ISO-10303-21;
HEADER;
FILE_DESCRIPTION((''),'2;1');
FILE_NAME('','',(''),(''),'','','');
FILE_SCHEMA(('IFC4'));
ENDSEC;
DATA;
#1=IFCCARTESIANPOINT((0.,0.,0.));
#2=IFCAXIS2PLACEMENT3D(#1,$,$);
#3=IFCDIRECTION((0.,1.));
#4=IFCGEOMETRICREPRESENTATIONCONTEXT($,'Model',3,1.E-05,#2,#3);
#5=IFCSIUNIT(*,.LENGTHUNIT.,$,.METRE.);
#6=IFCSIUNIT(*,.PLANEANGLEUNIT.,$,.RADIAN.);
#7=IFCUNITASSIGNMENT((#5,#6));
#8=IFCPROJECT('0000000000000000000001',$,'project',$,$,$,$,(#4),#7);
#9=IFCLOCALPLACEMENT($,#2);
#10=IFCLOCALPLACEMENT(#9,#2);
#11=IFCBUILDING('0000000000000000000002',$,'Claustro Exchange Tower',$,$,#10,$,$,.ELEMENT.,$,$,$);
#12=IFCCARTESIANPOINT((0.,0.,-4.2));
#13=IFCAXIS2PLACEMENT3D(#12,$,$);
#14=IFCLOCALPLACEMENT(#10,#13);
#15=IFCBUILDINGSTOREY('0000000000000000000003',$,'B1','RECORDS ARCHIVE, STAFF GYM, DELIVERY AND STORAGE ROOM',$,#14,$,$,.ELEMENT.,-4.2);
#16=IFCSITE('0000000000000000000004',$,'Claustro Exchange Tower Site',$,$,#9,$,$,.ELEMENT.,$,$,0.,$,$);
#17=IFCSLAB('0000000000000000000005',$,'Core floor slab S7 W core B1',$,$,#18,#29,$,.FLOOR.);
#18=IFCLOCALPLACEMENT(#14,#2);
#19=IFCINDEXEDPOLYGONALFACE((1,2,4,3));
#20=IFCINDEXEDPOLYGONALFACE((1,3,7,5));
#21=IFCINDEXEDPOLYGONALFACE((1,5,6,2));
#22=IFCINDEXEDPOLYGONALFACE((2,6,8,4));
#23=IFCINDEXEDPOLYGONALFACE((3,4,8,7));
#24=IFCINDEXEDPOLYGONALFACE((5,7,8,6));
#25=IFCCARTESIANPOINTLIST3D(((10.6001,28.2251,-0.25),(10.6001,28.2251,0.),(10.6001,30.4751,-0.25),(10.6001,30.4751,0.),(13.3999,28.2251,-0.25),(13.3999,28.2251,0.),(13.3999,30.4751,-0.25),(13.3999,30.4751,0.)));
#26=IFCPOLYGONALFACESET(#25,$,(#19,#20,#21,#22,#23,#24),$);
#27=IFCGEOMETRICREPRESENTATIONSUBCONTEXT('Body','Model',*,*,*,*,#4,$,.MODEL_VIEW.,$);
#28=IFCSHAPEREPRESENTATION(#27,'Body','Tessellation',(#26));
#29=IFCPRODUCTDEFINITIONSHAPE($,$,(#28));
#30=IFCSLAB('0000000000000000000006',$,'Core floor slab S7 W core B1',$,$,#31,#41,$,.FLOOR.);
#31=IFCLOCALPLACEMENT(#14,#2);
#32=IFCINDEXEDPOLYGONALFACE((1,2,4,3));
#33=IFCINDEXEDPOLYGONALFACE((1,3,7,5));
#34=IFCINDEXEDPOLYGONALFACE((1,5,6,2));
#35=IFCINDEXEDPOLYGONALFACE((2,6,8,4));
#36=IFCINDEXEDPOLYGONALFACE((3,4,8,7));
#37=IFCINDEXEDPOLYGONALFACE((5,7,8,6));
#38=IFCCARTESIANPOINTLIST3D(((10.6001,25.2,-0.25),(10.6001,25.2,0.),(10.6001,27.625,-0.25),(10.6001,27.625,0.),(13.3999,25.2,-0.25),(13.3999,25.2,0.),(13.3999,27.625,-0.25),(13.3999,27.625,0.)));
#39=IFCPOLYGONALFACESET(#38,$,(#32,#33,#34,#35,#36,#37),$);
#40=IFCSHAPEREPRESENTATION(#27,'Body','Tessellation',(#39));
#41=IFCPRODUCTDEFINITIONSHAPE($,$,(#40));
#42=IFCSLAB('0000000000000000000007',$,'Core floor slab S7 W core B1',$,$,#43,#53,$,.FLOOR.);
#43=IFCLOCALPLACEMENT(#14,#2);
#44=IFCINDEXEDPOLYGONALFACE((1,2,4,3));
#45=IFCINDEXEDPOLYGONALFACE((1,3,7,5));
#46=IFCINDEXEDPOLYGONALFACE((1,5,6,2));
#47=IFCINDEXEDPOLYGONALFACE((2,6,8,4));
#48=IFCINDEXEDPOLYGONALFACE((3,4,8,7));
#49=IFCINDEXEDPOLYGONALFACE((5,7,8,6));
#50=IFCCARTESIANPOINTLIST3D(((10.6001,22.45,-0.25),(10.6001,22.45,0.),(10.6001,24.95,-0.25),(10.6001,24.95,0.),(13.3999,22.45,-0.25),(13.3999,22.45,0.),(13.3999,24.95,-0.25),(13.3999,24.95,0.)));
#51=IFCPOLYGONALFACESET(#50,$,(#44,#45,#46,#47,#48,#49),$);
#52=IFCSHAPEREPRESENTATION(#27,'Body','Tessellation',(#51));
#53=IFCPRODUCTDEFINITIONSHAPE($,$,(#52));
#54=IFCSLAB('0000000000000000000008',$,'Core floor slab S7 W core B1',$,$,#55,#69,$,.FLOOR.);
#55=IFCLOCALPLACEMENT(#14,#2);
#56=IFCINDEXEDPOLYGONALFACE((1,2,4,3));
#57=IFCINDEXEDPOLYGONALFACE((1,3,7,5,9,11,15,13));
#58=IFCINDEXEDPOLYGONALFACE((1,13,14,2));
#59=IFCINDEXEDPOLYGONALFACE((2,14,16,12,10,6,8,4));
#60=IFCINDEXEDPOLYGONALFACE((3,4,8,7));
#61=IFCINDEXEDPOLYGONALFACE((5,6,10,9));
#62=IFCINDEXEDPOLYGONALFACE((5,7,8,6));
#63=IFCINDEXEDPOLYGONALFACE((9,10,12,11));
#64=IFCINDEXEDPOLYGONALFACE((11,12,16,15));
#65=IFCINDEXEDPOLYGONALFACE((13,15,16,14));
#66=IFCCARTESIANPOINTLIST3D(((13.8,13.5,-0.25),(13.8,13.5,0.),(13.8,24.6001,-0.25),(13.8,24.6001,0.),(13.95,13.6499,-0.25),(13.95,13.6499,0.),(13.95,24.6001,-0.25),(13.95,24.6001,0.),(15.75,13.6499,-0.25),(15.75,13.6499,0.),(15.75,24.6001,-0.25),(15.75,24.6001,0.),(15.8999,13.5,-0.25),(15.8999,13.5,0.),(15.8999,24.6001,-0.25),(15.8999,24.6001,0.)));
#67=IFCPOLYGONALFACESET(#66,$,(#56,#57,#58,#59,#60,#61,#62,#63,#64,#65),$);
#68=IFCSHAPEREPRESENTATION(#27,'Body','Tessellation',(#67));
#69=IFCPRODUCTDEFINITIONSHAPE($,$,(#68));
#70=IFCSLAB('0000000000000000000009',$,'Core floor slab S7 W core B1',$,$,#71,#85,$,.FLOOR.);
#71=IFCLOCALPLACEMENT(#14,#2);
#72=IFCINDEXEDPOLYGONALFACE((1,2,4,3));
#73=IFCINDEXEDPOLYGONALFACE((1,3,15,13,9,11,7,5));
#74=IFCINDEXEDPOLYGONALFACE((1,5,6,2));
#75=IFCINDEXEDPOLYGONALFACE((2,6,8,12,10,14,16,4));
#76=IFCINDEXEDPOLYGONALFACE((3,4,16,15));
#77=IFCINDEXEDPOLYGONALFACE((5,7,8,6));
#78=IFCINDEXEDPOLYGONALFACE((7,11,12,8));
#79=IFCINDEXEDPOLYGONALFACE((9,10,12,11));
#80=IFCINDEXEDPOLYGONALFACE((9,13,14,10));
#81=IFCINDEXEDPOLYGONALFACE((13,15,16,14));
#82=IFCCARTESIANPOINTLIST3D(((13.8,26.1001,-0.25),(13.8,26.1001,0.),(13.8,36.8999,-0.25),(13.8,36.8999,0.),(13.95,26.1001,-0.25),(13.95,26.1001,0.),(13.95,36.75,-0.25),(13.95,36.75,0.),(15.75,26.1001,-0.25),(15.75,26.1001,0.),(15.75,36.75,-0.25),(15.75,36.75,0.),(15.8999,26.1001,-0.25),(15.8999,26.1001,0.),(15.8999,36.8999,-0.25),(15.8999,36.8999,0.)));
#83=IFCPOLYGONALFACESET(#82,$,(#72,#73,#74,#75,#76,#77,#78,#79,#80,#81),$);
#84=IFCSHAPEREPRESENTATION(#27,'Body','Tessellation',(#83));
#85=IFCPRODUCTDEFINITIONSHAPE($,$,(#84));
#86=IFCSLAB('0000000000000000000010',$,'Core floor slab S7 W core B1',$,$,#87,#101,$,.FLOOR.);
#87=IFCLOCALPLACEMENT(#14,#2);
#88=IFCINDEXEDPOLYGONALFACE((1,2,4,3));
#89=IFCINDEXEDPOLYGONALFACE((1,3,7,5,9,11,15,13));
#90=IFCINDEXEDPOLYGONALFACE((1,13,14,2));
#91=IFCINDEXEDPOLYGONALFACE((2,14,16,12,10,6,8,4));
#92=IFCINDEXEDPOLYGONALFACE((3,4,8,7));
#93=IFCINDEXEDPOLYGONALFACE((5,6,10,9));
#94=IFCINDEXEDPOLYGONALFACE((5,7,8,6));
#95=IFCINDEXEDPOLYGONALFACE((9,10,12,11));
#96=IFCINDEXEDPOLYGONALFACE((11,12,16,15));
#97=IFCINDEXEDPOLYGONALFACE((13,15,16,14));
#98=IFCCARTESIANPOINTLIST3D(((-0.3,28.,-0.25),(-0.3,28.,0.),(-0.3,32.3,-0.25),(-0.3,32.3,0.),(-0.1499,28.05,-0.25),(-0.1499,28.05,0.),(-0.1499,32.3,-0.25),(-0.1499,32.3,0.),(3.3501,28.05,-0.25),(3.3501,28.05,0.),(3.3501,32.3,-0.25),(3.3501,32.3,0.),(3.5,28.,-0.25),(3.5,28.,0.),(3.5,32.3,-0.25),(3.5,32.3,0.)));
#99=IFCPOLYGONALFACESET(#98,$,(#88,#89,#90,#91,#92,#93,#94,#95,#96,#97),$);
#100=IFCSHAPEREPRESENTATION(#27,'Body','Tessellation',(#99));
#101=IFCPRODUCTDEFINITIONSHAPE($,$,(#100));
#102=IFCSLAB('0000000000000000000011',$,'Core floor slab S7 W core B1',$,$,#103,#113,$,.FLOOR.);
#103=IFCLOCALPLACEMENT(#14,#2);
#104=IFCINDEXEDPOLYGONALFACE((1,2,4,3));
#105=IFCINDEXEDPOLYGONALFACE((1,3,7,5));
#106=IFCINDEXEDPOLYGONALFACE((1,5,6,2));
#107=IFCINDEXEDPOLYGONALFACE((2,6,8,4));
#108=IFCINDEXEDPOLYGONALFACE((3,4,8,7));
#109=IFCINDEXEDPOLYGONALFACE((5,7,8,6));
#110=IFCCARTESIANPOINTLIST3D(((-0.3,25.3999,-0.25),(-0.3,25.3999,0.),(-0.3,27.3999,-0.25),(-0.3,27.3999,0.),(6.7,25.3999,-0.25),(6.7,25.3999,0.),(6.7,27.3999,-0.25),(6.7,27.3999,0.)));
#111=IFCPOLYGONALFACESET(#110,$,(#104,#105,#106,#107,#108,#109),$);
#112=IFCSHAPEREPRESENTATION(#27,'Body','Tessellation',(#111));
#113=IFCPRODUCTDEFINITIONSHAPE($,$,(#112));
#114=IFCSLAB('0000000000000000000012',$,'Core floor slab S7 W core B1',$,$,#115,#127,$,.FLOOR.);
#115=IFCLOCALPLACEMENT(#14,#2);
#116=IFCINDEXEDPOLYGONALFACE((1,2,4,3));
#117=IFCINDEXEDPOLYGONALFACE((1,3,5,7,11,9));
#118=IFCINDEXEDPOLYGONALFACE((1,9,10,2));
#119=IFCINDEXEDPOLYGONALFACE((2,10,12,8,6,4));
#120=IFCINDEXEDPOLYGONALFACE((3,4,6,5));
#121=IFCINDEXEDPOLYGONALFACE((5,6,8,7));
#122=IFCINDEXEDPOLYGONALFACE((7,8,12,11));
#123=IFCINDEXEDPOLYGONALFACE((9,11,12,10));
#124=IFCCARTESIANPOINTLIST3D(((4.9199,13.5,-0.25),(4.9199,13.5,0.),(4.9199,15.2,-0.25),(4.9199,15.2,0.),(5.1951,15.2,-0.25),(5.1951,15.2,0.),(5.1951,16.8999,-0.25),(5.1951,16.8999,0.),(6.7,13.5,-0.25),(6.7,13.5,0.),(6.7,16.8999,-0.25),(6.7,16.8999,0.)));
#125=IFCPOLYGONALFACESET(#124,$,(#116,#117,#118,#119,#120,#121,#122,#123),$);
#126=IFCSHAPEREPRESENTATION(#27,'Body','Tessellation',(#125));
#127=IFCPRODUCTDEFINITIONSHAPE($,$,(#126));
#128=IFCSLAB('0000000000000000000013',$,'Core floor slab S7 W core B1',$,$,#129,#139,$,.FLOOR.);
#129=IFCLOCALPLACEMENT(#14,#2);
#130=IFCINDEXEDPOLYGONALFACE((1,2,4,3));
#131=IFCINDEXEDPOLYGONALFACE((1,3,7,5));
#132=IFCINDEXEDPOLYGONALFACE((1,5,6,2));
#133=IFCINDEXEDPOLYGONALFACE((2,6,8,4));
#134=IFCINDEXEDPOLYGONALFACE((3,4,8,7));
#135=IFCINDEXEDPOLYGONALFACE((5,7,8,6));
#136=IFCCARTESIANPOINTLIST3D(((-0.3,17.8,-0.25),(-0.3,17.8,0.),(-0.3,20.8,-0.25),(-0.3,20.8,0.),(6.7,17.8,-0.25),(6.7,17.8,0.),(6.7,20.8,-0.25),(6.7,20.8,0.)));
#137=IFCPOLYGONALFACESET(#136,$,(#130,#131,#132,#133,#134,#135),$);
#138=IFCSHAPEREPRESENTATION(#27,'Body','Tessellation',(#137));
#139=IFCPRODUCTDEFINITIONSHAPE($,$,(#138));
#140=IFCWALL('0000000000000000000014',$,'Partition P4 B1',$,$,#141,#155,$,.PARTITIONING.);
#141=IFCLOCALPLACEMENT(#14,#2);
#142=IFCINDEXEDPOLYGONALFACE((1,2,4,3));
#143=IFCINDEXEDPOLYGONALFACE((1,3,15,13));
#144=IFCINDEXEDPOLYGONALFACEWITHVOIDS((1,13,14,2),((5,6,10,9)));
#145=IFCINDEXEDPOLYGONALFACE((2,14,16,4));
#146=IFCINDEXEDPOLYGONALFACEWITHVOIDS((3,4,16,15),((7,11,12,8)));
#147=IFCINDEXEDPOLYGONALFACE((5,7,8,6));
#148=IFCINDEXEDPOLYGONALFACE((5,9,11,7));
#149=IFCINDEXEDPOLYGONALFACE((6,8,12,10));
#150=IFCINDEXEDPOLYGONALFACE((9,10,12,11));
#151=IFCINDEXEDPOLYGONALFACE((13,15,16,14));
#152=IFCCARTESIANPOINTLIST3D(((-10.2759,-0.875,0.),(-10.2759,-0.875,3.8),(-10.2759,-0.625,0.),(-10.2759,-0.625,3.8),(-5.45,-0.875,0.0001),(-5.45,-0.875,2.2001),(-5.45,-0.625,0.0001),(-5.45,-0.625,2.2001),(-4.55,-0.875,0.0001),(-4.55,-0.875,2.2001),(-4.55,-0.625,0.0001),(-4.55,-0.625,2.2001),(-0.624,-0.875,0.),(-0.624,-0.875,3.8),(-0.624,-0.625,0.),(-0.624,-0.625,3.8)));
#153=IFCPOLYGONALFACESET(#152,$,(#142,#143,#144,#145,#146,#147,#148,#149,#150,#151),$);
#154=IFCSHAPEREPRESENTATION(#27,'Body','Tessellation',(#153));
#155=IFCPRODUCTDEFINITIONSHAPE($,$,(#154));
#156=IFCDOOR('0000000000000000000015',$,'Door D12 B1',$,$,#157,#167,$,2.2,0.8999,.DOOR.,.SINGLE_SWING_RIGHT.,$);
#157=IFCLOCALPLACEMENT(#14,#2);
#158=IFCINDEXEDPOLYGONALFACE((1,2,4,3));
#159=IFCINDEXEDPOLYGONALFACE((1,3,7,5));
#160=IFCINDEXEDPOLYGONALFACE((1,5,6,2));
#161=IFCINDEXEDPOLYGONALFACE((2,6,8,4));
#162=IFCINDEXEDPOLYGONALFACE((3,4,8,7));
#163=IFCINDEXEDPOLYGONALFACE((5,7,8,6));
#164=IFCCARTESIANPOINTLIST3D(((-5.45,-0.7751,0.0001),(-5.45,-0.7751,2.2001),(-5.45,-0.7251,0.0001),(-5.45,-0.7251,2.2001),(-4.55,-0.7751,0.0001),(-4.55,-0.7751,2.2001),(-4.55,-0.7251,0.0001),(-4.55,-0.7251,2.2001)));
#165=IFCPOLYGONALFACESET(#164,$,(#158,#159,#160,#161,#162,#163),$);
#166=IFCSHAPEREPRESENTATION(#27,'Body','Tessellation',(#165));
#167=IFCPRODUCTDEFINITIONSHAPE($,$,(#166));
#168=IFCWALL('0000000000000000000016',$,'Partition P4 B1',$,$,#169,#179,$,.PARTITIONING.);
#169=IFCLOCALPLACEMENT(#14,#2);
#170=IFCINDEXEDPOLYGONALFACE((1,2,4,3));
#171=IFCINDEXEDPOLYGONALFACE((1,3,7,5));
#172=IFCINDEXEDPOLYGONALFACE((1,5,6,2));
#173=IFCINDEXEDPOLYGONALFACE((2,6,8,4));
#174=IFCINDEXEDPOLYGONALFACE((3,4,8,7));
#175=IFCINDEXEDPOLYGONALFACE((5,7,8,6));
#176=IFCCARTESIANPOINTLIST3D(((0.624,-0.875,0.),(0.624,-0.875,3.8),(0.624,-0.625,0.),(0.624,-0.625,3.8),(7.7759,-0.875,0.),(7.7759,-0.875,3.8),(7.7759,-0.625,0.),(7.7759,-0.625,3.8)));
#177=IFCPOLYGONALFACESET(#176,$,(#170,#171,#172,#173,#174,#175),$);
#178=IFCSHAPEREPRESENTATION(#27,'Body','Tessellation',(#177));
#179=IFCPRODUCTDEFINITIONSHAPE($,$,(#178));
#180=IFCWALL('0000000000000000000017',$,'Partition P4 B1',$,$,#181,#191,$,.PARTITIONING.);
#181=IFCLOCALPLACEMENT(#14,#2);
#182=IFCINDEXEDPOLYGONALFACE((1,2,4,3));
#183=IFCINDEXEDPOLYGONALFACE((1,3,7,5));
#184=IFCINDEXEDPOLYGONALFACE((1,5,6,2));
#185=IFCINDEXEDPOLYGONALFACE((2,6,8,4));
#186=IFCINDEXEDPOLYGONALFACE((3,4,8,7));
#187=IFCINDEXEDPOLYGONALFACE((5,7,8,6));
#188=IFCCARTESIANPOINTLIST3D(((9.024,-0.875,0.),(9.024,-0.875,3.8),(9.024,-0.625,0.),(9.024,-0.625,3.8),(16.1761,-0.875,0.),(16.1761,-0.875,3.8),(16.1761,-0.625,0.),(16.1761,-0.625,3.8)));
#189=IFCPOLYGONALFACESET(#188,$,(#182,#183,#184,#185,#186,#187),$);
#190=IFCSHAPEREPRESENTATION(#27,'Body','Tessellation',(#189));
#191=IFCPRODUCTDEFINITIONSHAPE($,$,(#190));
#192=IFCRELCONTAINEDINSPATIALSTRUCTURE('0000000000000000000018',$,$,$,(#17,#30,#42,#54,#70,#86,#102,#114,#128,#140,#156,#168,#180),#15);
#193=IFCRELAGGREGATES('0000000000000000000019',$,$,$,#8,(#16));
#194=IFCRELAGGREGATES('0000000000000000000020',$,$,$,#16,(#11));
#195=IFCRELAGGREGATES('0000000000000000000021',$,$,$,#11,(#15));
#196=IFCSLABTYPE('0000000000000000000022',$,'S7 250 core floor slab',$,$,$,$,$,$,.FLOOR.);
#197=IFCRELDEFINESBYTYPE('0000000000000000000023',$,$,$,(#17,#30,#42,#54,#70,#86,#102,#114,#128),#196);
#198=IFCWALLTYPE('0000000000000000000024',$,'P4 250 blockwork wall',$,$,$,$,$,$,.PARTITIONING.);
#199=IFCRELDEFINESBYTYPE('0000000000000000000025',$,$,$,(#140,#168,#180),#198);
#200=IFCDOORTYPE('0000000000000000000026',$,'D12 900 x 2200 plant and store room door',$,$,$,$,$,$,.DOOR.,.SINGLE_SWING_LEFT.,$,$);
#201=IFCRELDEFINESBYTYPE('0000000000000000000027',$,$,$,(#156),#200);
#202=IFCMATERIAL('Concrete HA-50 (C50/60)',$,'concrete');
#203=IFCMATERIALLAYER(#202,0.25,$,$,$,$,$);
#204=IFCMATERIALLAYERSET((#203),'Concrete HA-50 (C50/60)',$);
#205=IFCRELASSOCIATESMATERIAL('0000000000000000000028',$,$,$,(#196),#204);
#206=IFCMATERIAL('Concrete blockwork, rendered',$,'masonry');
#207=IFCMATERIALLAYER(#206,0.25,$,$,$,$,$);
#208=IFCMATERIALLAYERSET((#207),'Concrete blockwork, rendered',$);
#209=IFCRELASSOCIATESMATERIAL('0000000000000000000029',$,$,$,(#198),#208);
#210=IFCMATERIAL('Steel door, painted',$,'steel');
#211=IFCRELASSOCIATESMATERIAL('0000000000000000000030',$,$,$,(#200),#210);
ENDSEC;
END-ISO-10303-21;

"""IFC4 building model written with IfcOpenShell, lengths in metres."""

from ifc_helpers import new_model, si_unit, direction, frame, frame_2d, origin, place, context, subcontext, project, spatial, polyline, rectangle, outline, extrude, material, layer, layer_set, type_object, element, fill, save


model = new_model("IFC4")

# Units and contexts
model_context = context("Model", 3, precision=1e-05, world=origin(), true_north=direction((0.0, 1.0)))
body_context = subcontext(model_context, "Body", "Model", "MODEL_VIEW")
ifc_project = project(units=[si_unit("LENGTHUNIT", "METRE"), si_unit("PLANEANGLEUNIT", "RADIAN")], contexts=[model_context])

# Site, building, storey
site_placement = place(None, origin())
site = spatial("IfcSite", under=ifc_project, at=site_placement, Name="Claustro Exchange Tower Site", CompositionType="ELEMENT", RefElevation=0.0)
building_placement = place(site_placement, origin())
building = spatial("IfcBuilding", under=site, at=building_placement, Name="Claustro Exchange Tower", CompositionType="ELEMENT")
storey_placement = place(building_placement, frame((0.0, 0.0, -4.2)))
storey = spatial("IfcBuildingStorey", under=building, at=storey_placement, Name="B1", Description="RECORDS ARCHIVE, STAFF GYM, DELIVERY AND STORAGE ROOM", CompositionType="ELEMENT", Elevation=-4.2)

# Slabs
ifc_material_1 = material(Name="Concrete HA-50 (C50/60)", Category="concrete")
ifc_layer_1 = layer(ifc_material_1, 0.25)
ifc_layer_set_1 = layer_set([ifc_layer_1], Name="Concrete HA-50 (C50/60)")
slab_type_1 = type_object("IfcSlabType", Name="S7 250 core floor slab", PredefinedType="FLOOR", material=ifc_layer_set_1)
slab_1_placement = place(storey_placement, frame((0.0, 0.0, -0.25)))
element("IfcSlab", 1, at=slab_1_placement, inside=storey, type_object=slab_type_1, Name="Core floor slab S7 W core B1", PredefinedType="FLOOR", context=body_context, shape_type="SweptSolid", body=[
    extrude(outline(polyline([(13.3999, 28.2251), (13.3999, 30.4751), (10.6001, 30.4751), (10.6001, 28.2251), (13.3999, 28.2251)])), origin(), (0.0, 0.0, 1.0), 0.25),
])
slab_2_placement = place(storey_placement, frame((0.0, 0.0, -0.25)))
element("IfcSlab", 2, at=slab_2_placement, inside=storey, type_object=slab_type_1, Name="Core floor slab S7 W core B1", PredefinedType="FLOOR", context=body_context, shape_type="SweptSolid", body=[
    extrude(outline(polyline([(13.3999, 25.2), (13.3999, 27.625), (10.6001, 27.625), (10.6001, 25.2), (13.3999, 25.2)])), origin(), (0.0, 0.0, 1.0), 0.25),
])
slab_3_placement = place(storey_placement, frame((0.0, 0.0, -0.25)))
element("IfcSlab", 3, at=slab_3_placement, inside=storey, type_object=slab_type_1, Name="Core floor slab S7 W core B1", PredefinedType="FLOOR", context=body_context, shape_type="SweptSolid", body=[
    extrude(outline(polyline([(13.3999, 22.45), (13.3999, 24.95), (10.6001, 24.95), (10.6001, 22.45), (13.3999, 22.45)])), origin(), (0.0, 0.0, 1.0), 0.25),
])
slab_4_placement = place(storey_placement, frame((0.0, 0.0, -0.25)))
element("IfcSlab", 4, at=slab_4_placement, inside=storey, type_object=slab_type_1, Name="Core floor slab S7 W core B1", PredefinedType="FLOOR", context=body_context, shape_type="SweptSolid", body=[
    extrude(outline(polyline([(13.95, 24.6001), (13.8, 24.6001), (13.8, 13.5), (15.8999, 13.5), (15.8999, 24.6001), (15.75, 24.6001), (15.75, 13.6499), (13.95, 13.6499), (13.95, 24.6001)])), origin(), (0.0, 0.0, 1.0), 0.25),
])
slab_5_placement = place(storey_placement, frame((0.0, 0.0, -0.25)))
element("IfcSlab", 5, at=slab_5_placement, inside=storey, type_object=slab_type_1, Name="Core floor slab S7 W core B1", PredefinedType="FLOOR", context=body_context, shape_type="SweptSolid", body=[
    extrude(outline(polyline([(13.8, 36.8999), (13.8, 26.1001), (13.95, 26.1001), (13.95, 36.75), (15.75, 36.75), (15.75, 26.1001), (15.8999, 26.1001), (15.8999, 36.8999), (13.8, 36.8999)])), origin(), (0.0, 0.0, 1.0), 0.25),
])
slab_6_placement = place(storey_placement, frame((0.0, 0.0, -0.25)))
element("IfcSlab", 6, at=slab_6_placement, inside=storey, type_object=slab_type_1, Name="Core floor slab S7 W core B1", PredefinedType="FLOOR", context=body_context, shape_type="SweptSolid", body=[
    extrude(outline(polyline([(-0.1499, 32.3), (-0.3, 32.3), (-0.3, 28.0), (3.5, 28.0), (3.5, 32.3), (3.3501, 32.3), (3.3501, 28.05), (-0.1499, 28.05), (-0.1499, 32.3)])), origin(), (0.0, 0.0, 1.0), 0.25),
])
slab_7_placement = place(storey_placement, frame((0.0, 0.0, -0.25)))
element("IfcSlab", 7, at=slab_7_placement, inside=storey, type_object=slab_type_1, Name="Core floor slab S7 W core B1", PredefinedType="FLOOR", context=body_context, shape_type="SweptSolid", body=[
    extrude(outline(polyline([(6.7, 27.3999), (-0.3, 27.3999), (-0.3, 25.3999), (6.7, 25.3999), (6.7, 27.3999)])), origin(), (0.0, 0.0, 1.0), 0.25),
])
slab_8_placement = place(storey_placement, frame((0.0, 0.0, -0.25)))
element("IfcSlab", 8, at=slab_8_placement, inside=storey, type_object=slab_type_1, Name="Core floor slab S7 W core B1", PredefinedType="FLOOR", context=body_context, shape_type="SweptSolid", body=[
    extrude(outline(polyline([(4.9199, 13.5), (6.7, 13.5), (6.7, 16.8999), (5.1951, 16.8999), (5.1951, 15.2), (4.9199, 15.2), (4.9199, 13.5)])), origin(), (0.0, 0.0, 1.0), 0.25),
])
slab_9_placement = place(storey_placement, frame((0.0, 0.0, -0.25)))
element("IfcSlab", 9, at=slab_9_placement, inside=storey, type_object=slab_type_1, Name="Core floor slab S7 W core B1", PredefinedType="FLOOR", context=body_context, shape_type="SweptSolid", body=[
    extrude(outline(polyline([(-0.3, 17.8), (6.7, 17.8), (6.7, 20.8), (-0.3, 20.8), (-0.3, 17.8)])), origin(), (0.0, 0.0, 1.0), 0.25),
])

# Wall, opening, door
ifc_material_2 = material(Name="Concrete blockwork, rendered", Category="masonry")
ifc_layer_2 = layer(ifc_material_2, 0.25)
ifc_layer_set_2 = layer_set([ifc_layer_2], Name="Concrete blockwork, rendered")
wall_type_1 = type_object("IfcWallType", Name="P4 250 blockwork wall", PredefinedType="PARTITIONING", material=ifc_layer_set_2)
wall_1_placement = place(storey_placement, frame((-10.2759, -0.75, 0.0), z_axis=(0.0, 0.0, 1.0), x_axis=(1.0, 0.0, 0.0)))
wall_1 = element("IfcWall", 10, at=wall_1_placement, inside=storey, type_object=wall_type_1, Name="Partition P4 B1", PredefinedType="PARTITIONING", context=body_context, shape_type="SweptSolid", body=[
    extrude(rectangle(XDim=9.6519, YDim=0.25, at=frame_2d((4.8259, 0.0))), origin(), (0.0, 0.0, 1.0), 3.8),
])
opening_1_placement = place(wall_1_placement, frame((4.8259, 0.0, 0.0)))
opening_1 = element("IfcOpeningElement", 11, at=opening_1_placement, cuts=wall_1, PredefinedType="OPENING", context=body_context, shape_type="SweptSolid", body=[
    extrude(rectangle(XDim=0.8999, YDim=2.2, at=frame_2d((0.45, 1.1001))), frame((0.0, 0.135, 0.0), z_axis=(0.0, -1.0, 0.0), x_axis=(1.0, 0.0, 0.0)), (0.0, 0.0, 1.0), 0.27),
])
ifc_material_3 = material(Name="Steel door, painted", Category="steel")
door_type = type_object("IfcDoorType", Name="D12 900 x 2200 plant and store room door", OperationType="SINGLE_SWING_LEFT", PredefinedType="DOOR", material=ifc_material_3)
door_1_placement = place(opening_1_placement, origin())
door_1 = element("IfcDoor", 12, at=door_1_placement, inside=storey, type_object=door_type, Name="Door D12 B1", OperationType="SINGLE_SWING_RIGHT", OverallHeight=2.2, OverallWidth=0.8999, PredefinedType="DOOR", context=body_context, shape_type="SweptSolid", body=[
    extrude(rectangle(XDim=0.8999, YDim=2.2, at=frame_2d((0.45, 1.1001))), frame((0.0, 0.0249, 0.0), z_axis=(0.0, -1.0, 0.0), x_axis=(1.0, 0.0, 0.0)), (0.0, 0.0, 1.0), 0.05),
])
fill(opening_1, door_1)

# Walls
wall_2_placement = place(storey_placement, frame((0.624, -0.75, 0.0), z_axis=(0.0, 0.0, 1.0), x_axis=(1.0, 0.0, 0.0)))
element("IfcWall", 13, at=wall_2_placement, inside=storey, type_object=wall_type_1, Name="Partition P4 B1", PredefinedType="PARTITIONING", context=body_context, shape_type="SweptSolid", body=[
    extrude(rectangle(XDim=7.1519, YDim=0.25, at=frame_2d((3.5759, 0.0))), origin(), (0.0, 0.0, 1.0), 3.8),
])
wall_3_placement = place(storey_placement, frame((9.0239, -0.75, 0.0), z_axis=(0.0, 0.0, 1.0), x_axis=(1.0, 0.0, 0.0)))
element("IfcWall", 14, at=wall_3_placement, inside=storey, type_object=wall_type_1, Name="Partition P4 B1", PredefinedType="PARTITIONING", context=body_context, shape_type="SweptSolid", body=[
    extrude(rectangle(XDim=7.1521, YDim=0.25, at=frame_2d((3.5762, 0.0))), origin(), (0.0, 0.0, 1.0), 3.8),
])

save(model, "model.ifc")
